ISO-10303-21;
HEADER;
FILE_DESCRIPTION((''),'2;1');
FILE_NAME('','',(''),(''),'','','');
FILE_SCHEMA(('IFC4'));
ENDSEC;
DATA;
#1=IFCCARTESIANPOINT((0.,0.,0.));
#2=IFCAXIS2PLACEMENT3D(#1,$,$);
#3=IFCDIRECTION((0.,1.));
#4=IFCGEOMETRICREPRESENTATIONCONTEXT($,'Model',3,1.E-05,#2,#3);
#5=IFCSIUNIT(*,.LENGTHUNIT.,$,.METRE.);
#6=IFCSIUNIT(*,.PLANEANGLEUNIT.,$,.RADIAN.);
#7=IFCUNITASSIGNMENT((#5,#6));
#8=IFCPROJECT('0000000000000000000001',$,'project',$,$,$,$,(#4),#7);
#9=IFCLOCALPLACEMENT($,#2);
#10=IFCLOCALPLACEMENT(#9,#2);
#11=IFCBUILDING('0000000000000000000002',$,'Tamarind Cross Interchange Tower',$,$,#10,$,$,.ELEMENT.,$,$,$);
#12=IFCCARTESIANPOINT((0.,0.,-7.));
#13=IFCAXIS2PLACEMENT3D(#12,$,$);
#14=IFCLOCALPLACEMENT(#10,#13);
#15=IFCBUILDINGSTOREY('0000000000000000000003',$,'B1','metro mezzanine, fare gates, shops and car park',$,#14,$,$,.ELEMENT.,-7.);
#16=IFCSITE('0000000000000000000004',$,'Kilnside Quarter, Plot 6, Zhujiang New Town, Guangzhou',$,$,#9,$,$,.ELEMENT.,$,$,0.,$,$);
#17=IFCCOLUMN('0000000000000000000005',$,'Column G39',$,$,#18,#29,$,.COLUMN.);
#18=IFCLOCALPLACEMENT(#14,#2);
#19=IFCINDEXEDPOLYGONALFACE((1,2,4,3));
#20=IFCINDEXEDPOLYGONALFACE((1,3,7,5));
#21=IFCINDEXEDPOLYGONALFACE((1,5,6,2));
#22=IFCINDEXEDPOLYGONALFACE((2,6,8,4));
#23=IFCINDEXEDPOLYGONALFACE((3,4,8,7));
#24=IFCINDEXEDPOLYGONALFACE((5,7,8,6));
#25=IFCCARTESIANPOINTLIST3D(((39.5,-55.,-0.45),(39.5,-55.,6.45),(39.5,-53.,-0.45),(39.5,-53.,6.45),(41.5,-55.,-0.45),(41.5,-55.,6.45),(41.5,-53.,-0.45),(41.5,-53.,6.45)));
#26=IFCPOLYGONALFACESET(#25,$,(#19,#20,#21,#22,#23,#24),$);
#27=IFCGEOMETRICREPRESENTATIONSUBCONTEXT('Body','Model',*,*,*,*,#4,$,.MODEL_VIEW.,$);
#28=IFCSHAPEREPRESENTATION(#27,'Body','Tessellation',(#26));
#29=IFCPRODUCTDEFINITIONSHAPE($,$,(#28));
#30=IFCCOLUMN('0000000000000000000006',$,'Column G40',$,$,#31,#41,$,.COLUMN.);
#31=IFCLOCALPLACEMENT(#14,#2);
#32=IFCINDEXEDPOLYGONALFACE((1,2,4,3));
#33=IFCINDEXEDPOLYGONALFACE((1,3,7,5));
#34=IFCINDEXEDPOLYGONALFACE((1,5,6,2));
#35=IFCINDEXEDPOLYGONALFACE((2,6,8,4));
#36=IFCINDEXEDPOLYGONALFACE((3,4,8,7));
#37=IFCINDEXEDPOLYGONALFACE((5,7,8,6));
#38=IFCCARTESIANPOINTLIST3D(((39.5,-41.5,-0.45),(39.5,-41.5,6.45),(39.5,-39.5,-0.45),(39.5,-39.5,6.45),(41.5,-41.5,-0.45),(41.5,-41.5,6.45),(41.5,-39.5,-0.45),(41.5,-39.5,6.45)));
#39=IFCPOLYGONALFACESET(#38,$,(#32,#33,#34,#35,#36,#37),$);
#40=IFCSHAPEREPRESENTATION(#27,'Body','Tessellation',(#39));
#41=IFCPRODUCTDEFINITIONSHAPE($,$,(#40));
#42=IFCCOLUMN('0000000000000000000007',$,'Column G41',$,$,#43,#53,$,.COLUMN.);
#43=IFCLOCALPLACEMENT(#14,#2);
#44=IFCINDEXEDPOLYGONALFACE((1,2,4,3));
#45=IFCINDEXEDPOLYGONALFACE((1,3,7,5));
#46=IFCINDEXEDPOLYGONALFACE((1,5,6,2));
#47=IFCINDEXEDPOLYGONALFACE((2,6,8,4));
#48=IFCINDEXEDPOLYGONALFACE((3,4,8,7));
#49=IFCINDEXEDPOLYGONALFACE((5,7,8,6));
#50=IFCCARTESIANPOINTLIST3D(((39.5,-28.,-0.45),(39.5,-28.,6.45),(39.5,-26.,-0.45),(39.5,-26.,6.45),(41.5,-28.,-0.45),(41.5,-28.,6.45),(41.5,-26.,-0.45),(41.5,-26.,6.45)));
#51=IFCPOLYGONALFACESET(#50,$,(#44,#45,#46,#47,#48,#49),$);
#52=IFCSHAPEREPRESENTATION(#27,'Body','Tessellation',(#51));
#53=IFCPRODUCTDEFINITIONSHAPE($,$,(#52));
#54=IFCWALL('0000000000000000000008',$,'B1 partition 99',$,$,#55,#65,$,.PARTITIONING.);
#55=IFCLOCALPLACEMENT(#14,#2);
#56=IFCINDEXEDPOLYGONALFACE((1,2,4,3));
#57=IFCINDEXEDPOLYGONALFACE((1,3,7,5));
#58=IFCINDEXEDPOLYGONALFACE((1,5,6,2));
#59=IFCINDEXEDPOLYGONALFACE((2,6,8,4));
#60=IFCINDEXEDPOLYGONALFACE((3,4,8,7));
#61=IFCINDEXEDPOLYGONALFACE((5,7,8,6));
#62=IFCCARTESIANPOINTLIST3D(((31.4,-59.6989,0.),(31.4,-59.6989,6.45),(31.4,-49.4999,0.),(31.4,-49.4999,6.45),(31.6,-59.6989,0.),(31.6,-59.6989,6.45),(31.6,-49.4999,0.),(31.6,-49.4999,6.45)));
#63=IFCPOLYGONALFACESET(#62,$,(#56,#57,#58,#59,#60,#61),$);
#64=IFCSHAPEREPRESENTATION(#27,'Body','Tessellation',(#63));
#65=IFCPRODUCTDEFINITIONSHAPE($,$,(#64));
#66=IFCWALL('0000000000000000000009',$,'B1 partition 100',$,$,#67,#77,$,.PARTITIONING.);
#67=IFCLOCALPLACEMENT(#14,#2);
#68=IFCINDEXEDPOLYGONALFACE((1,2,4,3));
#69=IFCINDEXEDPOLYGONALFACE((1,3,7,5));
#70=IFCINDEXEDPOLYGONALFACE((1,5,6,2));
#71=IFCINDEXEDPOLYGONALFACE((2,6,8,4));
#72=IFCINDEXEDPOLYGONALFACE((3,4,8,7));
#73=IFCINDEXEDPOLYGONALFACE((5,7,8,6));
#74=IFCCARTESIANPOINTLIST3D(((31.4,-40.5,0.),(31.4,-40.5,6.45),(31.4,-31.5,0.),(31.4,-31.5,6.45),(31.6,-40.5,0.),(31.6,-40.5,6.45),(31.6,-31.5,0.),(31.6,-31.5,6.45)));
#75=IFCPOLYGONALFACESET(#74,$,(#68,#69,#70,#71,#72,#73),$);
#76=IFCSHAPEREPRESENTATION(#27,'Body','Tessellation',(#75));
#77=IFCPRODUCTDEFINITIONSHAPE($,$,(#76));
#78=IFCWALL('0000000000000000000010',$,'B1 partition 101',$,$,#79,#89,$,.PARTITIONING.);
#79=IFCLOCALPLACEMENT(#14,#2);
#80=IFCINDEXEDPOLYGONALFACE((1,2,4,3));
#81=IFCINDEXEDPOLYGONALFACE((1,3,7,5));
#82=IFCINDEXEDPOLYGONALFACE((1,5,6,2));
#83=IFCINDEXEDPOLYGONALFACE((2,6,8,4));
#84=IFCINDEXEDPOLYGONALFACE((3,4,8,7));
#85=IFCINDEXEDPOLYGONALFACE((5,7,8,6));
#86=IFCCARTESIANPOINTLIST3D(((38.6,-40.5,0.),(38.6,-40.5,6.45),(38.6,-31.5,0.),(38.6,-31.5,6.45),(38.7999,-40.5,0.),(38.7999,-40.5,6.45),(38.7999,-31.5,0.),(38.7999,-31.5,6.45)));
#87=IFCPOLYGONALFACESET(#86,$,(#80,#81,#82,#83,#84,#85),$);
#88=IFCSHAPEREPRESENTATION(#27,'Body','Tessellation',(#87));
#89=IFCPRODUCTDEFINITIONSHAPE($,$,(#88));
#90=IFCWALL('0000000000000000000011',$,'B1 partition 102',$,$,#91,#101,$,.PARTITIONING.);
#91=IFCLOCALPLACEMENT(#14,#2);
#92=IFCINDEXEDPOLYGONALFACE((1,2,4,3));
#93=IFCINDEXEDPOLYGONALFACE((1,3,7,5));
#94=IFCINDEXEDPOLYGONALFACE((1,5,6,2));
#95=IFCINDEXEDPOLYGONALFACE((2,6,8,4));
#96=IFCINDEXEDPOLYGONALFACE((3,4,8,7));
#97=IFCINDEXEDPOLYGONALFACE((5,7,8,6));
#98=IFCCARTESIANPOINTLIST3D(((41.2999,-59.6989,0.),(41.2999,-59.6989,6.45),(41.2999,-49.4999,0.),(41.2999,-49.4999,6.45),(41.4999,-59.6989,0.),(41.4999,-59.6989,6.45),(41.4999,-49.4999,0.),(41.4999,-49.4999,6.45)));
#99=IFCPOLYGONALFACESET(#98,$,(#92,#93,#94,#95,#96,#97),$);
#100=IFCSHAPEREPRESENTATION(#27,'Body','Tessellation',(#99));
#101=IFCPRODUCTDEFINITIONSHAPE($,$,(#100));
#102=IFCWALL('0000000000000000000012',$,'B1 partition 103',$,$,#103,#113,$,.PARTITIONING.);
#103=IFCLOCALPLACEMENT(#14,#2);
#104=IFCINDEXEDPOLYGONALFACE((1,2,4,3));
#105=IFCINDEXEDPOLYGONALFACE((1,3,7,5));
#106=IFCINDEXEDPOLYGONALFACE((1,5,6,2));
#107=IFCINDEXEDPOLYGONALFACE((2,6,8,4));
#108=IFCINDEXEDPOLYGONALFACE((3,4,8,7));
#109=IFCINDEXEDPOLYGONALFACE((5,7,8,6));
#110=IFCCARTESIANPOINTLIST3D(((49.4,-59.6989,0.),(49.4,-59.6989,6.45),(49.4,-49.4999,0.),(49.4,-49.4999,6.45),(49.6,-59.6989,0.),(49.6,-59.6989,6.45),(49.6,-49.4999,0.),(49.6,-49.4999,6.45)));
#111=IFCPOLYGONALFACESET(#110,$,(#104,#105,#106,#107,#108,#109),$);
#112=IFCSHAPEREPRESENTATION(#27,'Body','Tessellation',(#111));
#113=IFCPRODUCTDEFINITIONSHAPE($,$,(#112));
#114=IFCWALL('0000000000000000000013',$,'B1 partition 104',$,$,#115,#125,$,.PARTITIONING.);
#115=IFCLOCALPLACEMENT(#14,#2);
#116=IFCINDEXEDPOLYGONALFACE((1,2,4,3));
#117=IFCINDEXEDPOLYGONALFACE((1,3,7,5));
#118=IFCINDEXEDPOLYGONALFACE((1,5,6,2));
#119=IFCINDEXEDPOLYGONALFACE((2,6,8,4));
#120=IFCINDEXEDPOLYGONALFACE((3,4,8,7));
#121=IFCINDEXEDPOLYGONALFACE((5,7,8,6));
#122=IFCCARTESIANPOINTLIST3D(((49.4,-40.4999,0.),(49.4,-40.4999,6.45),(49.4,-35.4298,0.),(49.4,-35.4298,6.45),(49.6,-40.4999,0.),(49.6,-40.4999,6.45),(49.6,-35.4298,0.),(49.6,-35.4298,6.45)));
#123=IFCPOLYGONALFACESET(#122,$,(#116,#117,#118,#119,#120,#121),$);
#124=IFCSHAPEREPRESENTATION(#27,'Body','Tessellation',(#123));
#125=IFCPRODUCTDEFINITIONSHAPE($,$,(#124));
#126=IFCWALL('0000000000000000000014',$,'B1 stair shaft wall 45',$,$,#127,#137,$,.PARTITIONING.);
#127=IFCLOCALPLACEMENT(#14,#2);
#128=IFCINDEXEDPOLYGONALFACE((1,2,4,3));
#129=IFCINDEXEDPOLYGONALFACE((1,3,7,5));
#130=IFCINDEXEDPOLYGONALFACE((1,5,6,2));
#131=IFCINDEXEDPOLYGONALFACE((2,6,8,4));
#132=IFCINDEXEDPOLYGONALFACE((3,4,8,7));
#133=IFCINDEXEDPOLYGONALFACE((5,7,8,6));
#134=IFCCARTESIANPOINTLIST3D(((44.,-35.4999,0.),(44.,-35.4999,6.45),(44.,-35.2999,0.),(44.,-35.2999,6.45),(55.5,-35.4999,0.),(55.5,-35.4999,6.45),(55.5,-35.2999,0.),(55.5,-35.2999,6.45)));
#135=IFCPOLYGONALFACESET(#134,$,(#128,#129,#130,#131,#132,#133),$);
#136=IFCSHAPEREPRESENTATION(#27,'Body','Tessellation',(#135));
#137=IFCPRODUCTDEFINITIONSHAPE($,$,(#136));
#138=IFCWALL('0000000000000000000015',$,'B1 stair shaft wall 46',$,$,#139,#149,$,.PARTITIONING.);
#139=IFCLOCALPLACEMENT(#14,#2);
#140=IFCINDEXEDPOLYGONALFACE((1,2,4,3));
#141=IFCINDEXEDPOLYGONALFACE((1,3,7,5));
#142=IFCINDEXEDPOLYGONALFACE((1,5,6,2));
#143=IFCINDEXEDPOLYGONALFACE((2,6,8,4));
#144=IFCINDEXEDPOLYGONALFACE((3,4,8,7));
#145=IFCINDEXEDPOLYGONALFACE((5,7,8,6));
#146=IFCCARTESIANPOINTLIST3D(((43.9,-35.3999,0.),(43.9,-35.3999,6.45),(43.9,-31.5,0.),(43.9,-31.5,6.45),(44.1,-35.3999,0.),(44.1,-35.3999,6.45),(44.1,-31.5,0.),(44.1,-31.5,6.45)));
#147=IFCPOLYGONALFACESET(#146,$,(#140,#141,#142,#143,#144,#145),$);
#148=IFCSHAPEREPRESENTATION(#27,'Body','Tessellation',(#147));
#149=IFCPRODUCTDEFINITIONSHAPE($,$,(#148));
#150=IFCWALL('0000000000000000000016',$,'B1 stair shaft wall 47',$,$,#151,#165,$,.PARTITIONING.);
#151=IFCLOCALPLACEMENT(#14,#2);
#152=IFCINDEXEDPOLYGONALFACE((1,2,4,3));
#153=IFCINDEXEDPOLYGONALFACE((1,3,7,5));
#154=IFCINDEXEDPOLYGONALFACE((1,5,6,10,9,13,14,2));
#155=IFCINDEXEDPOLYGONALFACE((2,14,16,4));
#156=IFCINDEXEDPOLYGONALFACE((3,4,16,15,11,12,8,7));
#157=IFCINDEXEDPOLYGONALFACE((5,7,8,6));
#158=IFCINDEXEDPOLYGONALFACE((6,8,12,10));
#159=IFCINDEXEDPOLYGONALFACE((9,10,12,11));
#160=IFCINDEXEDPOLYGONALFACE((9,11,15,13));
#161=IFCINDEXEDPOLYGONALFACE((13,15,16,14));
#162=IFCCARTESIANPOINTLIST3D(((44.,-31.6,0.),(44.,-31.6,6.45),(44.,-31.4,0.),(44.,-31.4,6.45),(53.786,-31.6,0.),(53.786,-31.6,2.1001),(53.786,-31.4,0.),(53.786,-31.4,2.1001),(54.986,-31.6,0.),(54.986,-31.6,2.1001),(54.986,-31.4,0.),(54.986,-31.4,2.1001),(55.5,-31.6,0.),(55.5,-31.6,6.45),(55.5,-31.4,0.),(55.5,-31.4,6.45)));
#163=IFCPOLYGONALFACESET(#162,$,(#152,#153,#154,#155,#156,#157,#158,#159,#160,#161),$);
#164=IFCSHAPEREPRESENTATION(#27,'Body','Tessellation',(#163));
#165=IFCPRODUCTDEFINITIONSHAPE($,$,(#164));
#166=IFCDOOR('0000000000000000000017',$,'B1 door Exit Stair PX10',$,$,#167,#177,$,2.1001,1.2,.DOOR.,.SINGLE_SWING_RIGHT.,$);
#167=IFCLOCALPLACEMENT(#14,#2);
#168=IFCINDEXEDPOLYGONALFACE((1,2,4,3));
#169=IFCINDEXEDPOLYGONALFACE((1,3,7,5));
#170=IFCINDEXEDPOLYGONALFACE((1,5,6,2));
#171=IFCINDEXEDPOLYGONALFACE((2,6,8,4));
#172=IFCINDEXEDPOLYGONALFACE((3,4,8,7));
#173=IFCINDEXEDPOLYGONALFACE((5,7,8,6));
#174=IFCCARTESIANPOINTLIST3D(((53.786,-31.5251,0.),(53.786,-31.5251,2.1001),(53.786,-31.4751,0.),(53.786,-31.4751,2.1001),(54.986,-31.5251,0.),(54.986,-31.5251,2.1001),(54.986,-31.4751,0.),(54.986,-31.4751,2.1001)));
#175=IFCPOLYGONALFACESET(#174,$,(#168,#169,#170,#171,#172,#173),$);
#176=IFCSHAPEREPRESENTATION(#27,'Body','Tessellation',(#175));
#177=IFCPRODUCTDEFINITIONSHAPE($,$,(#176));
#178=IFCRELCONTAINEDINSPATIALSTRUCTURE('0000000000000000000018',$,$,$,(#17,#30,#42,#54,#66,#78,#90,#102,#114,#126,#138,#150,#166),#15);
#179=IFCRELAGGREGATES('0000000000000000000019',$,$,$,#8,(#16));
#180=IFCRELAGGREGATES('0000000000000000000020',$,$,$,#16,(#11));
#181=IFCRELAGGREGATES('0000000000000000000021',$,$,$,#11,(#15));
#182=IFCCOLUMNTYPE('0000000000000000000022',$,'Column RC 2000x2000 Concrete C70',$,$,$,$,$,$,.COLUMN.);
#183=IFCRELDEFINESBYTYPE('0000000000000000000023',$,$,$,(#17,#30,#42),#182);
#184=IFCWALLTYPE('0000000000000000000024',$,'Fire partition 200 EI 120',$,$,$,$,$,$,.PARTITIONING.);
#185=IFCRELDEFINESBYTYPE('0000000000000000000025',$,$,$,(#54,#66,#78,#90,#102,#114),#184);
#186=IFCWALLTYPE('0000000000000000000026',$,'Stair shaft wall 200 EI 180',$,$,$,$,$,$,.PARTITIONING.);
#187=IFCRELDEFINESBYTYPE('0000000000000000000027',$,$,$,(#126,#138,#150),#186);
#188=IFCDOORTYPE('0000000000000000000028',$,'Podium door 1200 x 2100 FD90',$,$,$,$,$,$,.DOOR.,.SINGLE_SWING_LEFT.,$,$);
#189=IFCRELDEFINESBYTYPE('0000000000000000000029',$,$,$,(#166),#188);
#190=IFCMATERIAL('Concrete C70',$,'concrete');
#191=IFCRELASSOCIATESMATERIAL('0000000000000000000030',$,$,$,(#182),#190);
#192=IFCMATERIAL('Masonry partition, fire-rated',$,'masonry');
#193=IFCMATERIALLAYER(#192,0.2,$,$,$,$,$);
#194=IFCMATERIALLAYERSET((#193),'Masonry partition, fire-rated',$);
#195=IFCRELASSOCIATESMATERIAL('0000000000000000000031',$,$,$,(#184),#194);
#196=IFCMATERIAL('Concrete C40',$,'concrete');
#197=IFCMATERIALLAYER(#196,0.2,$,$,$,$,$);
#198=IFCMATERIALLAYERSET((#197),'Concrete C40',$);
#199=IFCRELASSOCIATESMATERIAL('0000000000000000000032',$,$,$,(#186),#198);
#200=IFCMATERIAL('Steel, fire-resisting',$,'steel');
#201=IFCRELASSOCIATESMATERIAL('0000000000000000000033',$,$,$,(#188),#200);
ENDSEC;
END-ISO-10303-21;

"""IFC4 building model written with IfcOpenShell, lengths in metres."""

from ifc_helpers import new_model, si_unit, direction, frame, frame_2d, origin, origin_2d, place, context, subcontext, project, spatial, rectangle, extrude, material, layer, layer_set, material_profile, profile_set, type_object, element, fill, save


model = new_model("IFC4")

# Units and contexts
model_context = context("Model", 3, precision=1e-05, world=origin(), true_north=direction((0.0, 1.0)))
body_context = subcontext(model_context, "Body", "Model", "MODEL_VIEW")
ifc_project = project(units=[si_unit("LENGTHUNIT", "METRE"), si_unit("PLANEANGLEUNIT", "RADIAN")], contexts=[model_context])

# Site, building, storey
site_placement = place(None, origin())
site = spatial("IfcSite", under=ifc_project, at=site_placement, Name="Kilnside Quarter, Plot 6, Zhujiang New Town, Guangzhou", CompositionType="ELEMENT", RefElevation=0.0)
building_placement = place(site_placement, origin())
building = spatial("IfcBuilding", under=site, at=building_placement, Name="Tamarind Cross Interchange Tower", CompositionType="ELEMENT")
storey_placement = place(building_placement, frame((0.0, 0.0, -7.0)))
storey = spatial("IfcBuildingStorey", under=building, at=storey_placement, Name="B1", Description="metro mezzanine, fare gates, shops and car park", CompositionType="ELEMENT", Elevation=-7.0)

# Columns
ifc_material_1 = material(Name="Concrete C70", Category="concrete")
ifc_material_profile = material_profile(ifc_material_1, rectangle(XDim=2.0, YDim=2.0, at=origin_2d()), Name="RC 2000x2000")
ifc_profile_set = profile_set([ifc_material_profile], Name="Concrete C70")
column_type = type_object("IfcColumnType", Name="Column RC 2000x2000 Concrete C70", PredefinedType="COLUMN", material=ifc_profile_set)
for number, where, z_axis, x_axis, name in (
    (1, (40.5, -54.0, -0.45), (0.0, 0.0, 1.0), (1.0, 0.0, 0.0), "Column G39"),
    (2, (40.5, -40.5, -0.45), (0.0, 0.0, 1.0), (1.0, 0.0, 0.0), "Column G40"),
    (3, (40.5, -27.0, -0.45), (0.0, 0.0, 1.0), (1.0, 0.0, 0.0), "Column G41"),
):
    element("IfcColumn", number, at=place(storey_placement, frame(where, z_axis=z_axis, x_axis=x_axis)), inside=storey, type_object=column_type, Name=name, PredefinedType="COLUMN", context=body_context, shape_type="SweptSolid", body=[
        extrude(rectangle(XDim=2.0, YDim=2.0, at=origin_2d()), origin(), (0.0, 0.0, 1.0), 6.8999),
    ])

# Walls
ifc_material_2 = material(Name="Masonry partition, fire-rated", Category="masonry")
ifc_layer_1 = layer(ifc_material_2, 0.2)
ifc_layer_set_1 = layer_set([ifc_layer_1], Name="Masonry partition, fire-rated")
wall_type_1 = type_object("IfcWallType", Name="Fire partition 200 EI 120", PredefinedType="PARTITIONING", material=ifc_layer_set_1)
wall_1_placement = place(storey_placement, frame((31.5, -59.699, 0.0), z_axis=(0.0, 0.0, 1.0), x_axis=(0.0, 1.0, 0.0)))
element("IfcWall", 4, at=wall_1_placement, inside=storey, type_object=wall_type_1, Name="B1 partition 99", PredefinedType="PARTITIONING", context=body_context, shape_type="SweptSolid", body=[
    extrude(rectangle(XDim=10.199, YDim=0.2, at=frame_2d((5.0996, 0.0))), origin(), (0.0, 0.0, 1.0), 6.45),
])
for number, where, z_axis, x_axis, name in (
    (5, (31.5, -40.5, 0.0), (0.0, 0.0, 1.0), (0.0, 1.0, 0.0), "B1 partition 100"),
    (6, (38.7, -40.5, 0.0), (0.0, 0.0, 1.0), (0.0, 1.0, 0.0), "B1 partition 101"),
):
    element("IfcWall", number, at=place(storey_placement, frame(where, z_axis=z_axis, x_axis=x_axis)), inside=storey, type_object=wall_type_1, Name=name, PredefinedType="PARTITIONING", context=body_context, shape_type="SweptSolid", body=[
        extrude(rectangle(XDim=9.0, YDim=0.2, at=frame_2d((4.5, 0.0))), origin(), (0.0, 0.0, 1.0), 6.45),
    ])
for number, where, z_axis, x_axis, name in (
    (7, (41.3999, -59.699, 0.0), (0.0, 0.0, 1.0), (0.0, 1.0, 0.0), "B1 partition 102"),
    (8, (49.5, -59.699, 0.0), (0.0, 0.0, 1.0), (0.0, 1.0, 0.0), "B1 partition 103"),
):
    element("IfcWall", number, at=place(storey_placement, frame(where, z_axis=z_axis, x_axis=x_axis)), inside=storey, type_object=wall_type_1, Name=name, PredefinedType="PARTITIONING", context=body_context, shape_type="SweptSolid", body=[
        extrude(rectangle(XDim=10.199, YDim=0.2, at=frame_2d((5.0996, 0.0))), origin(), (0.0, 0.0, 1.0), 6.45),
    ])
wall_2_placement = place(storey_placement, frame((49.5, -40.5, 0.0), z_axis=(0.0, 0.0, 1.0), x_axis=(0.0, 1.0, 0.0)))
element("IfcWall", 9, at=wall_2_placement, inside=storey, type_object=wall_type_1, Name="B1 partition 104", PredefinedType="PARTITIONING", context=body_context, shape_type="SweptSolid", body=[
    extrude(rectangle(XDim=5.0701, YDim=0.2, at=frame_2d((2.5352, 0.0))), origin(), (0.0, 0.0, 1.0), 6.45),
])
ifc_material_3 = material(Name="Concrete C40", Category="concrete")
ifc_layer_2 = layer(ifc_material_3, 0.2)
ifc_layer_set_2 = layer_set([ifc_layer_2], Name="Concrete C40")
wall_type_2 = type_object("IfcWallType", Name="Stair shaft wall 200 EI 180", PredefinedType="PARTITIONING", material=ifc_layer_set_2)
wall_3_placement = place(storey_placement, frame((44.0, -35.3999, 0.0), z_axis=(0.0, 0.0, 1.0), x_axis=(1.0, 0.0, 0.0)))
element("IfcWall", 10, at=wall_3_placement, inside=storey, type_object=wall_type_2, Name="B1 stair shaft wall 45", PredefinedType="PARTITIONING", context=body_context, shape_type="SweptSolid", body=[
    extrude(rectangle(XDim=11.5, YDim=0.2, at=frame_2d((5.75, 0.0))), origin(), (0.0, 0.0, 1.0), 6.45),
])
wall_4_placement = place(storey_placement, frame((44.0, -35.3999, 0.0), z_axis=(0.0, 0.0, 1.0), x_axis=(0.0, 1.0, 0.0)))
element("IfcWall", 11, at=wall_4_placement, inside=storey, type_object=wall_type_2, Name="B1 stair shaft wall 46", PredefinedType="PARTITIONING", context=body_context, shape_type="SweptSolid", body=[
    extrude(rectangle(XDim=3.8999, YDim=0.2, at=frame_2d((1.95, 0.0))), origin(), (0.0, 0.0, 1.0), 6.45),
])

# Wall, opening, door
wall_5_placement = place(storey_placement, frame((44.0, -31.5, 0.0), z_axis=(0.0, 0.0, 1.0), x_axis=(1.0, 0.0, 0.0)))
wall_5 = element("IfcWall", 12, at=wall_5_placement, inside=storey, type_object=wall_type_2, Name="B1 stair shaft wall 47", PredefinedType="PARTITIONING", context=body_context, shape_type="SweptSolid", body=[
    extrude(rectangle(XDim=11.5, YDim=0.2, at=frame_2d((5.75, 0.0))), origin(), (0.0, 0.0, 1.0), 6.45),
])
opening_placement = place(wall_5_placement, frame((9.7859, 0.0, 0.0)))
opening = element("IfcOpeningElement", 13, at=opening_placement, cuts=wall_5, PredefinedType="OPENING", context=body_context, shape_type="SweptSolid", body=[
    extrude(rectangle(XDim=1.2, YDim=2.1001, at=frame_2d((0.6001, 1.05))), frame((0.0, 0.1099, 0.0), z_axis=(0.0, -1.0, 0.0), x_axis=(1.0, 0.0, 0.0)), (0.0, 0.0, 1.0), 0.22),
])
ifc_material_4 = material(Name="Steel, fire-resisting", Category="steel")
door_type = type_object("IfcDoorType", Name="Podium door 1200 x 2100 FD90", OperationType="SINGLE_SWING_LEFT", PredefinedType="DOOR", material=ifc_material_4)
door_placement = place(opening_placement, origin())
door = element("IfcDoor", 14, at=door_placement, inside=storey, type_object=door_type, Name="B1 door Exit Stair PX10", OperationType="SINGLE_SWING_RIGHT", OverallHeight=2.1001, OverallWidth=1.2, PredefinedType="DOOR", context=body_context, shape_type="SweptSolid", body=[
    extrude(rectangle(XDim=1.2, YDim=2.1001, at=frame_2d((0.6001, 1.05))), frame((0.0, 0.0249, 0.0), z_axis=(0.0, -1.0, 0.0), x_axis=(1.0, 0.0, 0.0)), (0.0, 0.0, 1.0), 0.05),
])
fill(opening, door)

save(model, "model.ifc")
